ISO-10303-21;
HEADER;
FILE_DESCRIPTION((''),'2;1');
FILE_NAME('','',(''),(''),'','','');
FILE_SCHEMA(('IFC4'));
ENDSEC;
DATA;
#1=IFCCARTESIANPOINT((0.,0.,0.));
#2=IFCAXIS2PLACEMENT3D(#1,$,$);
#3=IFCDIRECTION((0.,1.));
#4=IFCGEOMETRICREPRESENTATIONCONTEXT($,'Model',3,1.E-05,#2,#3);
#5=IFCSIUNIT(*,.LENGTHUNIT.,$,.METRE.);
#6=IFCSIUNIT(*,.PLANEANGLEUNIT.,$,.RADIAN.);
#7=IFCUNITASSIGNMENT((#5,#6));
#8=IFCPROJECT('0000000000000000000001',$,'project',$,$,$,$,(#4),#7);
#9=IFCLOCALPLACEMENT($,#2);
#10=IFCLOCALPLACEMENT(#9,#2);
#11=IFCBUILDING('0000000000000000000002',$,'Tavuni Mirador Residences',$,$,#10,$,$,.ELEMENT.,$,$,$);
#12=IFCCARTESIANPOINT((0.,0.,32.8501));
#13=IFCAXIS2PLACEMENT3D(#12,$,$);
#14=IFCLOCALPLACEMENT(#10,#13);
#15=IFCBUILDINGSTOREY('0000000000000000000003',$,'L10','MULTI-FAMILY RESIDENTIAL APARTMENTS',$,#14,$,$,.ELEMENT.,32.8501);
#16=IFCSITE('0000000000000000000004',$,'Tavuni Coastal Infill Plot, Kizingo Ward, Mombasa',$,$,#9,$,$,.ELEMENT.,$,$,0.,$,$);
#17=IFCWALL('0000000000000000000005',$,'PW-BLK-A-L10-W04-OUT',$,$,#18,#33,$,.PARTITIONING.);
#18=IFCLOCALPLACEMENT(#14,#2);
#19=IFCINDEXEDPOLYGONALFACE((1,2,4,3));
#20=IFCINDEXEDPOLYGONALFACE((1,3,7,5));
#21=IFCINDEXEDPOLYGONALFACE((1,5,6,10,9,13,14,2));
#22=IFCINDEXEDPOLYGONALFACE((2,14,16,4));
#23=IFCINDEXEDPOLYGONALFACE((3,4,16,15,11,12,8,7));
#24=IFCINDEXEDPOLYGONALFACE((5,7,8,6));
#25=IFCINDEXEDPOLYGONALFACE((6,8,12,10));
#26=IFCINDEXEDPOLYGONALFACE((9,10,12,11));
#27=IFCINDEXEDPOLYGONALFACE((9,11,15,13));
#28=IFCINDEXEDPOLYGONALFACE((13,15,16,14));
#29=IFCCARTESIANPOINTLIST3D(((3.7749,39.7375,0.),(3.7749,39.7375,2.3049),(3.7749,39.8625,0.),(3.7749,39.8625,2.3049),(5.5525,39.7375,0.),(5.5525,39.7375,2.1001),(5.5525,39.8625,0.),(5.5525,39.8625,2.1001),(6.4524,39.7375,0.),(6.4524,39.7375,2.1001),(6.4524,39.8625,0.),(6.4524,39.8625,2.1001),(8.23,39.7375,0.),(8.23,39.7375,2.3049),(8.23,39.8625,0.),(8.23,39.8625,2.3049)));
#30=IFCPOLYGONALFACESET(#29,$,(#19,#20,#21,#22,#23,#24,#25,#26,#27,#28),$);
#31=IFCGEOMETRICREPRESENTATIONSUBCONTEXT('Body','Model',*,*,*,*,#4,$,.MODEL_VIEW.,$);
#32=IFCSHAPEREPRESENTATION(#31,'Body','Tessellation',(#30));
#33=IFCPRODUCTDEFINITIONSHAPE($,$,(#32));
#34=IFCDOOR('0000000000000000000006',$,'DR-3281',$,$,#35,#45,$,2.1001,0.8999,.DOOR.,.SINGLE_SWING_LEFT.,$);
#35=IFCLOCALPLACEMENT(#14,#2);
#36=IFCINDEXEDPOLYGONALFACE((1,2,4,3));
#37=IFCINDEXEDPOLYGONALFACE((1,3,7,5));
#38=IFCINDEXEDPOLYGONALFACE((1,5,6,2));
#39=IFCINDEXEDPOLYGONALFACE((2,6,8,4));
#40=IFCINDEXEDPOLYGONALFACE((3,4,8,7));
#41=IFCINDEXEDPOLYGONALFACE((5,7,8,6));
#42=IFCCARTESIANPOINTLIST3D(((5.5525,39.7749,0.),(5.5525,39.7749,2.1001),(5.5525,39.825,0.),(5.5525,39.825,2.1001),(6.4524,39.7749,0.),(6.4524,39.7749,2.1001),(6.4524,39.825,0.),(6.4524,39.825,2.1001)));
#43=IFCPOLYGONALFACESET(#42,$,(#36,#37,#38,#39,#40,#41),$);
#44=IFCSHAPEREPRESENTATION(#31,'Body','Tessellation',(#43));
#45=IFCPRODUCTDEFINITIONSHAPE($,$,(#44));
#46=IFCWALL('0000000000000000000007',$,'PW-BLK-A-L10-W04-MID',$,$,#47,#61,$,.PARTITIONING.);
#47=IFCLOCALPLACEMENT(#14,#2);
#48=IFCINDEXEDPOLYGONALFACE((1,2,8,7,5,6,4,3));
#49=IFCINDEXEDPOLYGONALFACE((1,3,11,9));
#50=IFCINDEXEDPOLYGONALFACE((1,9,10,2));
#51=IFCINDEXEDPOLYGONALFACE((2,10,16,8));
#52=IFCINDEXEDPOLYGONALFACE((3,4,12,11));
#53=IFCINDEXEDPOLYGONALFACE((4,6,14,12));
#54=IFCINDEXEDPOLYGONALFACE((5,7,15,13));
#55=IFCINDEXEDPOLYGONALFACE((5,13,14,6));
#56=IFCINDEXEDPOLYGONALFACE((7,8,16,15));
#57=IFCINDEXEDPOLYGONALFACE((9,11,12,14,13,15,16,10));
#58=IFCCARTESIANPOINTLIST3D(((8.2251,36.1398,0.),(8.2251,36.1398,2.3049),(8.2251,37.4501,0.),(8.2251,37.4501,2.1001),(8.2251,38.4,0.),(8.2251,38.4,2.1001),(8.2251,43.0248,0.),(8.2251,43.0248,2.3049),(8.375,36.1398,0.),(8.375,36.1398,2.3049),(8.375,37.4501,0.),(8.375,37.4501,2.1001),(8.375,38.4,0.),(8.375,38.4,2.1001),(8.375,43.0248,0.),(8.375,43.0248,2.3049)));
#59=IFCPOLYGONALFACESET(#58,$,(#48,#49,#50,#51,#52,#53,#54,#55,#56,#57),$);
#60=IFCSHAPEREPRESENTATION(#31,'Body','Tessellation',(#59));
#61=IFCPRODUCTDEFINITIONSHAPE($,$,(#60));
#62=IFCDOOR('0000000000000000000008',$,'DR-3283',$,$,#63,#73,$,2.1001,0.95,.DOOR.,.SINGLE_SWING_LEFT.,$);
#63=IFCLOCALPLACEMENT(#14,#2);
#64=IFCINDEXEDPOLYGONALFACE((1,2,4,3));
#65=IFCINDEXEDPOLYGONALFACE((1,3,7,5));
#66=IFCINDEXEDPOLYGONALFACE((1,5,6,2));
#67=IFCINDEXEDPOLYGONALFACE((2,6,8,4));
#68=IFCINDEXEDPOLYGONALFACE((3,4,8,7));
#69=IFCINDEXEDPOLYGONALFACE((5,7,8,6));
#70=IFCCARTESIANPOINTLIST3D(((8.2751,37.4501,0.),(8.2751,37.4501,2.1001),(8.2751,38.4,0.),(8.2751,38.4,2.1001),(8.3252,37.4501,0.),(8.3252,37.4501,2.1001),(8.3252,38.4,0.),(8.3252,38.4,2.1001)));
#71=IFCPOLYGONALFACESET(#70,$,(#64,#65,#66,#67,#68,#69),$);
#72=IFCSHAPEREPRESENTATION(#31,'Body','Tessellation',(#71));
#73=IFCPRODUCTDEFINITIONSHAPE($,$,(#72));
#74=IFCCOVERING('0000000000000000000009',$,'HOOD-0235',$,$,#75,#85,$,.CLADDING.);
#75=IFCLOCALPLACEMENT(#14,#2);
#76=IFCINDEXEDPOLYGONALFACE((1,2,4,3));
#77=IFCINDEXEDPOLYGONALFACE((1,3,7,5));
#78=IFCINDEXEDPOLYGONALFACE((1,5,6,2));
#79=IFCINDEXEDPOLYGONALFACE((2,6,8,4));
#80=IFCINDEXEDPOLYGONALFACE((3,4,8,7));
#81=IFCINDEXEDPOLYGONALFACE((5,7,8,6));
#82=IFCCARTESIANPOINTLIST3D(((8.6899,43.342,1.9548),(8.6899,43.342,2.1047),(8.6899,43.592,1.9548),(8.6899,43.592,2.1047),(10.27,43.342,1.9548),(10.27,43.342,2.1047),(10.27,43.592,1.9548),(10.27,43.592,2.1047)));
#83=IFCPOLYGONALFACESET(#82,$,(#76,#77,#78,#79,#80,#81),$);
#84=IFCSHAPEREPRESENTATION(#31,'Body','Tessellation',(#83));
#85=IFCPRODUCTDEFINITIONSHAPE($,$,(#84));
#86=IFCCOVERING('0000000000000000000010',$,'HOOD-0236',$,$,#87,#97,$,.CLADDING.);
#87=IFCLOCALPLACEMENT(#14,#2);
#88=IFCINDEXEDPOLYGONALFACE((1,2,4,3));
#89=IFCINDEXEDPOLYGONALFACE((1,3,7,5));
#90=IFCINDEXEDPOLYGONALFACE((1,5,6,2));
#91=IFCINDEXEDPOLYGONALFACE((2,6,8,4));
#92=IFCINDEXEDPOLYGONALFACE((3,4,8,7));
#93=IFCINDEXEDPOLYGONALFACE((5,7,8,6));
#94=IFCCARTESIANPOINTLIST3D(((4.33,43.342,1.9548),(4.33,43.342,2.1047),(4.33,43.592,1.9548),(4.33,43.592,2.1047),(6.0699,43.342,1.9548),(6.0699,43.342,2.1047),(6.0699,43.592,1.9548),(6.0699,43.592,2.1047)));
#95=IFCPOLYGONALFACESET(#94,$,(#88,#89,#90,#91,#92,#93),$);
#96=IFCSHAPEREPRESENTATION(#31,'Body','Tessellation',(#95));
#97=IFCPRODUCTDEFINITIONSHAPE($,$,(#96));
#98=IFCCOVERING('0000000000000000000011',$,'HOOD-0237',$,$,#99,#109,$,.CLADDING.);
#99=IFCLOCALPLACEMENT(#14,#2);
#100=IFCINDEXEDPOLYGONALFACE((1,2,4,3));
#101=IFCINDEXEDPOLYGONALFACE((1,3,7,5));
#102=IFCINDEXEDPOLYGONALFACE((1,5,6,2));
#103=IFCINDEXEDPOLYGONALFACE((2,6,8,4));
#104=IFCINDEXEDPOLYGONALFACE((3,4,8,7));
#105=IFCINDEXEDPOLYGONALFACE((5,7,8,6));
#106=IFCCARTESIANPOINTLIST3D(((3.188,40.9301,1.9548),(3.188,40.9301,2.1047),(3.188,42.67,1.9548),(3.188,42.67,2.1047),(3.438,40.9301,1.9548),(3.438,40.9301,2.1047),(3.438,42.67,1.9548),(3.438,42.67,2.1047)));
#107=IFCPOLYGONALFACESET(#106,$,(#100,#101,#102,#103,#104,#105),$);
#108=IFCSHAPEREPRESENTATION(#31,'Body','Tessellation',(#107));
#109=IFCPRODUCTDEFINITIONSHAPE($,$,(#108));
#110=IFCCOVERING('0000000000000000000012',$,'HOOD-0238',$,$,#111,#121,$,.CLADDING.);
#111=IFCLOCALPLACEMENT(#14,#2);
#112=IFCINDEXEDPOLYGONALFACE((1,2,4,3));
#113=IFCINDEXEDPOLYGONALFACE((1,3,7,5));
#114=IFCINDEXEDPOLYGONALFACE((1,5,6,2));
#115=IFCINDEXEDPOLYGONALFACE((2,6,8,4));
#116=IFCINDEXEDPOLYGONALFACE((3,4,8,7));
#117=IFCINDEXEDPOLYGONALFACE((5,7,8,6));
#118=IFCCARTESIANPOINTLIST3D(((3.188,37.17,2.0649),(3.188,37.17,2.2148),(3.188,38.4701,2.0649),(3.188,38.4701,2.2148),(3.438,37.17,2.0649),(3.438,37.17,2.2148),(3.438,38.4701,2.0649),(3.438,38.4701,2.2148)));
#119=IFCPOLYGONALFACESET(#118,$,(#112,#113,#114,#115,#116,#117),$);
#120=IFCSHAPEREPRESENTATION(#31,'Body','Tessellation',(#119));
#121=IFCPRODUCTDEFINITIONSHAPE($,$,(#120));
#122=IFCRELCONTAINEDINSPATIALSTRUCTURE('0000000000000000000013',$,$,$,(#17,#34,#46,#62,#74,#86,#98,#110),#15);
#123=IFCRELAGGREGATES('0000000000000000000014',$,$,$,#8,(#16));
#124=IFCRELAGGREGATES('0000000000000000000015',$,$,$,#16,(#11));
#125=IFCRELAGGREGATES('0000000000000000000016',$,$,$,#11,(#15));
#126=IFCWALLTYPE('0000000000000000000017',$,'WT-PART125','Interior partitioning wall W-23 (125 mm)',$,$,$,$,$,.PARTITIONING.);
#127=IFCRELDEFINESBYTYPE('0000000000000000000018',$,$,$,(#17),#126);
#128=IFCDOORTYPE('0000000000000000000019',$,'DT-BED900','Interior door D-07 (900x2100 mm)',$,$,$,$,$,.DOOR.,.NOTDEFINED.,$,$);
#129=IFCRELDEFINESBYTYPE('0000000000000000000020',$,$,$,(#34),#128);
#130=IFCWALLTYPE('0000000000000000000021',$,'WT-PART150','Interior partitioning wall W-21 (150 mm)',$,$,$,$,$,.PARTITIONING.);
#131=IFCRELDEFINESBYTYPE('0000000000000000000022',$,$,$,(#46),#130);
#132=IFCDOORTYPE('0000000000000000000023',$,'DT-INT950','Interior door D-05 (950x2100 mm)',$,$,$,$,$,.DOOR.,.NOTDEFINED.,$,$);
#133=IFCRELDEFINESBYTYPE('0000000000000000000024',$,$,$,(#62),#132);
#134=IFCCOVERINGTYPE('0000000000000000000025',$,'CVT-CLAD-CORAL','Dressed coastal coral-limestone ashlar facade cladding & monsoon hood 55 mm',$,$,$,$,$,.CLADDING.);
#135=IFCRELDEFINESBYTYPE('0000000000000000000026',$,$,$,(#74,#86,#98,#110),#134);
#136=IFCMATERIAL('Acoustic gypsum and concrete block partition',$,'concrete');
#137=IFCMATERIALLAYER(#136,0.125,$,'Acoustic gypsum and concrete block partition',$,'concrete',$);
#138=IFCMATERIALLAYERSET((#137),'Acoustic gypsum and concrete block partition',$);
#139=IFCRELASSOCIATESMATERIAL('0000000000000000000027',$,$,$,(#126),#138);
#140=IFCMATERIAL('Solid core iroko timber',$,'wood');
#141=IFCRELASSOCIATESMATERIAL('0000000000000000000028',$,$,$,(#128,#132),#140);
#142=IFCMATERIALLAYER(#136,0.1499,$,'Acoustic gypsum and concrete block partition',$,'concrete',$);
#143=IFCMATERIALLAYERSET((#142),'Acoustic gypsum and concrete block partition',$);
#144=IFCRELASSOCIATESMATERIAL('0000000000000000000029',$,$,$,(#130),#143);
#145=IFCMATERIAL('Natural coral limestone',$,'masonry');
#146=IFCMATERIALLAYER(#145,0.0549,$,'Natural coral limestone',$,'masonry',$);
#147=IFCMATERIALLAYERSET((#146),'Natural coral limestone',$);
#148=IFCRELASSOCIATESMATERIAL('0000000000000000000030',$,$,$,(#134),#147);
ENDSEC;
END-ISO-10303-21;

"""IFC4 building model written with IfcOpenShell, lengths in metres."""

from ifc_helpers import new_model, si_unit, direction, frame, frame_2d, origin, origin_2d, place, context, subcontext, project, spatial, rectangle, extrude, material, layer, layer_set, type_object, element, fill, save


model = new_model("IFC4")

# Units and contexts
model_context = context("Model", 3, precision=1e-05, world=origin(), true_north=direction((0.0, 1.0)))
body_context = subcontext(model_context, "Body", "Model", "MODEL_VIEW")
ifc_project = project(units=[si_unit("LENGTHUNIT", "METRE"), si_unit("PLANEANGLEUNIT", "RADIAN")], contexts=[model_context])

# Site, building, storey
site_placement = place(None, origin())
site = spatial("IfcSite", under=ifc_project, at=site_placement, Name="Tavuni Coastal Infill Plot, Kizingo Ward, Mombasa", CompositionType="ELEMENT", RefElevation=0.0)
building_placement = place(site_placement, origin())
building = spatial("IfcBuilding", under=site, at=building_placement, Name="Tavuni Mirador Residences", CompositionType="ELEMENT")
storey_placement = place(building_placement, frame((0.0, 0.0, 32.8501)))
storey = spatial("IfcBuildingStorey", under=building, at=storey_placement, Name="L10", Description="MULTI-FAMILY RESIDENTIAL APARTMENTS", CompositionType="ELEMENT", Elevation=32.8501)

# Walls, openings, doors
ifc_material_1 = material(Name="Acoustic gypsum and concrete block partition", Category="concrete")
ifc_material_2 = material(Name="Solid core iroko timber", Category="wood")
ifc_layer_1 = layer(ifc_material_1, 0.125, Name="Acoustic gypsum and concrete block partition", Category="concrete")
ifc_layer_set_1 = layer_set([ifc_layer_1], Name="Acoustic gypsum and concrete block partition")
wall_type_1 = type_object("IfcWallType", Name="WT-PART125", Description="Interior partitioning wall W-23 (125 mm)", PredefinedType="PARTITIONING", material=ifc_layer_set_1)
wall_1_placement = place(storey_placement, frame((3.7749, 39.8, 0.0), z_axis=(0.0, 0.0, 1.0), x_axis=(1.0, 0.0, 0.0)))
wall_1 = element("IfcWall", 1, at=wall_1_placement, inside=storey, type_object=wall_type_1, Name="PW-BLK-A-L10-W04-OUT", PredefinedType="PARTITIONING", context=body_context, shape_type="SweptSolid", body=[
    extrude(rectangle(XDim=4.4551, YDim=0.125, at=frame_2d((2.2275, 0.0))), origin(), (0.0, 0.0, 1.0), 2.3049),
])
opening_1_placement = place(wall_1_placement, frame((1.7776, 0.0, 0.0)))
opening_1 = element("IfcOpeningElement", 2, at=opening_1_placement, cuts=wall_1, PredefinedType="OPENING", context=body_context, shape_type="SweptSolid", body=[
    extrude(rectangle(XDim=0.8999, YDim=2.1001, at=frame_2d((0.45, 1.05))), frame((0.0, 0.0725, 0.0), z_axis=(0.0, -1.0, 0.0), x_axis=(1.0, 0.0, 0.0)), (0.0, 0.0, 1.0), 0.145),
])
door_type_1 = type_object("IfcDoorType", Name="DT-BED900", Description="Interior door D-07 (900x2100 mm)", OperationType="NOTDEFINED", PredefinedType="DOOR", material=ifc_material_2)
door_1_placement = place(opening_1_placement, origin())
door_1 = element("IfcDoor", 3, at=door_1_placement, inside=storey, type_object=door_type_1, Name="DR-3281", OperationType="SINGLE_SWING_LEFT", OverallHeight=2.1001, OverallWidth=0.8999, PredefinedType="DOOR", context=body_context, shape_type="SweptSolid", body=[
    extrude(rectangle(XDim=0.8999, YDim=2.1001, at=frame_2d((0.45, 1.05))), frame((0.0, 0.0249, 0.0), z_axis=(0.0, -1.0, 0.0), x_axis=(1.0, 0.0, 0.0)), (0.0, 0.0, 1.0), 0.05),
])
fill(opening_1, door_1)
ifc_layer_2 = layer(ifc_material_1, 0.1499, Name="Acoustic gypsum and concrete block partition", Category="concrete")
ifc_layer_set_2 = layer_set([ifc_layer_2], Name="Acoustic gypsum and concrete block partition")
wall_type_2 = type_object("IfcWallType", Name="WT-PART150", Description="Interior partitioning wall W-21 (150 mm)", PredefinedType="PARTITIONING", material=ifc_layer_set_2)
wall_2_placement = place(storey_placement, frame((8.3, 36.1399, 0.0), z_axis=(0.0, 0.0, 1.0), x_axis=(0.0, 1.0, 0.0)))
wall_2 = element("IfcWall", 4, at=wall_2_placement, inside=storey, type_object=wall_type_2, Name="PW-BLK-A-L10-W04-MID", PredefinedType="PARTITIONING", context=body_context, shape_type="SweptSolid", body=[
    extrude(rectangle(XDim=6.885, YDim=0.1499, at=frame_2d((3.4424, 0.0))), origin(), (0.0, 0.0, 1.0), 2.3049),
])
opening_2_placement = place(wall_2_placement, frame((1.3101, 0.0, 0.0)))
opening_2 = element("IfcOpeningElement", 5, at=opening_2_placement, cuts=wall_2, PredefinedType="OPENING", context=body_context, shape_type="SweptSolid", body=[
    extrude(rectangle(XDim=0.95, YDim=2.1001, at=frame_2d((0.4751, 1.05))), frame((0.0, 0.085, 0.0), z_axis=(0.0, -1.0, 0.0), x_axis=(1.0, 0.0, 0.0)), (0.0, 0.0, 1.0), 0.1699),
])
door_type_2 = type_object("IfcDoorType", Name="DT-INT950", Description="Interior door D-05 (950x2100 mm)", OperationType="NOTDEFINED", PredefinedType="DOOR", material=ifc_material_2)
door_2_placement = place(opening_2_placement, origin())
door_2 = element("IfcDoor", 6, at=door_2_placement, inside=storey, type_object=door_type_2, Name="DR-3283", OperationType="SINGLE_SWING_LEFT", OverallHeight=2.1001, OverallWidth=0.95, PredefinedType="DOOR", context=body_context, shape_type="SweptSolid", body=[
    extrude(rectangle(XDim=0.95, YDim=2.1001, at=frame_2d((0.4751, 1.05))), frame((0.0, 0.0249, 0.0), z_axis=(0.0, -1.0, 0.0), x_axis=(1.0, 0.0, 0.0)), (0.0, 0.0, 1.0), 0.05),
])
fill(opening_2, door_2)

# Coverings
ifc_material_3 = material(Name="Natural coral limestone", Category="masonry")
ifc_layer_3 = layer(ifc_material_3, 0.0549, Name="Natural coral limestone", Category="masonry")
ifc_layer_set_3 = layer_set([ifc_layer_3], Name="Natural coral limestone")
covering_type = type_object("IfcCoveringType", Name="CVT-CLAD-CORAL", Description="Dressed coastal coral-limestone ashlar facade cladding & monsoon hood 55 mm", PredefinedType="CLADDING", material=ifc_layer_set_3)
covering_1_placement = place(storey_placement, frame((9.48, 43.467, 1.9548), z_axis=(0.0, 0.0, 1.0), x_axis=(-1.0, 0.0, 0.0)))
element("IfcCovering", 7, at=covering_1_placement, inside=storey, type_object=covering_type, Name="HOOD-0235", PredefinedType="CLADDING", context=body_context, shape_type="SweptSolid", body=[
    extrude(rectangle(XDim=1.5801, YDim=0.25, at=origin_2d()), origin(), (0.0, 0.0, 1.0), 0.1499),
])
for number, where, z_axis, x_axis, name in (
    (8, (5.2, 43.467, 1.9548), (0.0, 0.0, 1.0), (-1.0, 0.0, 0.0), "HOOD-0236"),
    (9, (3.313, 41.8, 1.9548), (0.0, 0.0, 1.0), (0.0, -1.0, 0.0), "HOOD-0237"),
):
    element("IfcCovering", number, at=place(storey_placement, frame(where, z_axis=z_axis, x_axis=x_axis)), inside=storey, type_object=covering_type, Name=name, PredefinedType="CLADDING", context=body_context, shape_type="SweptSolid", body=[
        extrude(rectangle(XDim=1.74, YDim=0.25, at=origin_2d()), origin(), (0.0, 0.0, 1.0), 0.1499),
    ])
covering_2_placement = place(storey_placement, frame((3.313, 37.8201, 2.0649), z_axis=(0.0, 0.0, 1.0), x_axis=(0.0, -1.0, 0.0)))
element("IfcCovering", 10, at=covering_2_placement, inside=storey, type_object=covering_type, Name="HOOD-0238", PredefinedType="CLADDING", context=body_context, shape_type="SweptSolid", body=[
    extrude(rectangle(XDim=1.3, YDim=0.25, at=origin_2d()), origin(), (0.0, 0.0, 1.0), 0.1499),
])

save(model, "model.ifc")
